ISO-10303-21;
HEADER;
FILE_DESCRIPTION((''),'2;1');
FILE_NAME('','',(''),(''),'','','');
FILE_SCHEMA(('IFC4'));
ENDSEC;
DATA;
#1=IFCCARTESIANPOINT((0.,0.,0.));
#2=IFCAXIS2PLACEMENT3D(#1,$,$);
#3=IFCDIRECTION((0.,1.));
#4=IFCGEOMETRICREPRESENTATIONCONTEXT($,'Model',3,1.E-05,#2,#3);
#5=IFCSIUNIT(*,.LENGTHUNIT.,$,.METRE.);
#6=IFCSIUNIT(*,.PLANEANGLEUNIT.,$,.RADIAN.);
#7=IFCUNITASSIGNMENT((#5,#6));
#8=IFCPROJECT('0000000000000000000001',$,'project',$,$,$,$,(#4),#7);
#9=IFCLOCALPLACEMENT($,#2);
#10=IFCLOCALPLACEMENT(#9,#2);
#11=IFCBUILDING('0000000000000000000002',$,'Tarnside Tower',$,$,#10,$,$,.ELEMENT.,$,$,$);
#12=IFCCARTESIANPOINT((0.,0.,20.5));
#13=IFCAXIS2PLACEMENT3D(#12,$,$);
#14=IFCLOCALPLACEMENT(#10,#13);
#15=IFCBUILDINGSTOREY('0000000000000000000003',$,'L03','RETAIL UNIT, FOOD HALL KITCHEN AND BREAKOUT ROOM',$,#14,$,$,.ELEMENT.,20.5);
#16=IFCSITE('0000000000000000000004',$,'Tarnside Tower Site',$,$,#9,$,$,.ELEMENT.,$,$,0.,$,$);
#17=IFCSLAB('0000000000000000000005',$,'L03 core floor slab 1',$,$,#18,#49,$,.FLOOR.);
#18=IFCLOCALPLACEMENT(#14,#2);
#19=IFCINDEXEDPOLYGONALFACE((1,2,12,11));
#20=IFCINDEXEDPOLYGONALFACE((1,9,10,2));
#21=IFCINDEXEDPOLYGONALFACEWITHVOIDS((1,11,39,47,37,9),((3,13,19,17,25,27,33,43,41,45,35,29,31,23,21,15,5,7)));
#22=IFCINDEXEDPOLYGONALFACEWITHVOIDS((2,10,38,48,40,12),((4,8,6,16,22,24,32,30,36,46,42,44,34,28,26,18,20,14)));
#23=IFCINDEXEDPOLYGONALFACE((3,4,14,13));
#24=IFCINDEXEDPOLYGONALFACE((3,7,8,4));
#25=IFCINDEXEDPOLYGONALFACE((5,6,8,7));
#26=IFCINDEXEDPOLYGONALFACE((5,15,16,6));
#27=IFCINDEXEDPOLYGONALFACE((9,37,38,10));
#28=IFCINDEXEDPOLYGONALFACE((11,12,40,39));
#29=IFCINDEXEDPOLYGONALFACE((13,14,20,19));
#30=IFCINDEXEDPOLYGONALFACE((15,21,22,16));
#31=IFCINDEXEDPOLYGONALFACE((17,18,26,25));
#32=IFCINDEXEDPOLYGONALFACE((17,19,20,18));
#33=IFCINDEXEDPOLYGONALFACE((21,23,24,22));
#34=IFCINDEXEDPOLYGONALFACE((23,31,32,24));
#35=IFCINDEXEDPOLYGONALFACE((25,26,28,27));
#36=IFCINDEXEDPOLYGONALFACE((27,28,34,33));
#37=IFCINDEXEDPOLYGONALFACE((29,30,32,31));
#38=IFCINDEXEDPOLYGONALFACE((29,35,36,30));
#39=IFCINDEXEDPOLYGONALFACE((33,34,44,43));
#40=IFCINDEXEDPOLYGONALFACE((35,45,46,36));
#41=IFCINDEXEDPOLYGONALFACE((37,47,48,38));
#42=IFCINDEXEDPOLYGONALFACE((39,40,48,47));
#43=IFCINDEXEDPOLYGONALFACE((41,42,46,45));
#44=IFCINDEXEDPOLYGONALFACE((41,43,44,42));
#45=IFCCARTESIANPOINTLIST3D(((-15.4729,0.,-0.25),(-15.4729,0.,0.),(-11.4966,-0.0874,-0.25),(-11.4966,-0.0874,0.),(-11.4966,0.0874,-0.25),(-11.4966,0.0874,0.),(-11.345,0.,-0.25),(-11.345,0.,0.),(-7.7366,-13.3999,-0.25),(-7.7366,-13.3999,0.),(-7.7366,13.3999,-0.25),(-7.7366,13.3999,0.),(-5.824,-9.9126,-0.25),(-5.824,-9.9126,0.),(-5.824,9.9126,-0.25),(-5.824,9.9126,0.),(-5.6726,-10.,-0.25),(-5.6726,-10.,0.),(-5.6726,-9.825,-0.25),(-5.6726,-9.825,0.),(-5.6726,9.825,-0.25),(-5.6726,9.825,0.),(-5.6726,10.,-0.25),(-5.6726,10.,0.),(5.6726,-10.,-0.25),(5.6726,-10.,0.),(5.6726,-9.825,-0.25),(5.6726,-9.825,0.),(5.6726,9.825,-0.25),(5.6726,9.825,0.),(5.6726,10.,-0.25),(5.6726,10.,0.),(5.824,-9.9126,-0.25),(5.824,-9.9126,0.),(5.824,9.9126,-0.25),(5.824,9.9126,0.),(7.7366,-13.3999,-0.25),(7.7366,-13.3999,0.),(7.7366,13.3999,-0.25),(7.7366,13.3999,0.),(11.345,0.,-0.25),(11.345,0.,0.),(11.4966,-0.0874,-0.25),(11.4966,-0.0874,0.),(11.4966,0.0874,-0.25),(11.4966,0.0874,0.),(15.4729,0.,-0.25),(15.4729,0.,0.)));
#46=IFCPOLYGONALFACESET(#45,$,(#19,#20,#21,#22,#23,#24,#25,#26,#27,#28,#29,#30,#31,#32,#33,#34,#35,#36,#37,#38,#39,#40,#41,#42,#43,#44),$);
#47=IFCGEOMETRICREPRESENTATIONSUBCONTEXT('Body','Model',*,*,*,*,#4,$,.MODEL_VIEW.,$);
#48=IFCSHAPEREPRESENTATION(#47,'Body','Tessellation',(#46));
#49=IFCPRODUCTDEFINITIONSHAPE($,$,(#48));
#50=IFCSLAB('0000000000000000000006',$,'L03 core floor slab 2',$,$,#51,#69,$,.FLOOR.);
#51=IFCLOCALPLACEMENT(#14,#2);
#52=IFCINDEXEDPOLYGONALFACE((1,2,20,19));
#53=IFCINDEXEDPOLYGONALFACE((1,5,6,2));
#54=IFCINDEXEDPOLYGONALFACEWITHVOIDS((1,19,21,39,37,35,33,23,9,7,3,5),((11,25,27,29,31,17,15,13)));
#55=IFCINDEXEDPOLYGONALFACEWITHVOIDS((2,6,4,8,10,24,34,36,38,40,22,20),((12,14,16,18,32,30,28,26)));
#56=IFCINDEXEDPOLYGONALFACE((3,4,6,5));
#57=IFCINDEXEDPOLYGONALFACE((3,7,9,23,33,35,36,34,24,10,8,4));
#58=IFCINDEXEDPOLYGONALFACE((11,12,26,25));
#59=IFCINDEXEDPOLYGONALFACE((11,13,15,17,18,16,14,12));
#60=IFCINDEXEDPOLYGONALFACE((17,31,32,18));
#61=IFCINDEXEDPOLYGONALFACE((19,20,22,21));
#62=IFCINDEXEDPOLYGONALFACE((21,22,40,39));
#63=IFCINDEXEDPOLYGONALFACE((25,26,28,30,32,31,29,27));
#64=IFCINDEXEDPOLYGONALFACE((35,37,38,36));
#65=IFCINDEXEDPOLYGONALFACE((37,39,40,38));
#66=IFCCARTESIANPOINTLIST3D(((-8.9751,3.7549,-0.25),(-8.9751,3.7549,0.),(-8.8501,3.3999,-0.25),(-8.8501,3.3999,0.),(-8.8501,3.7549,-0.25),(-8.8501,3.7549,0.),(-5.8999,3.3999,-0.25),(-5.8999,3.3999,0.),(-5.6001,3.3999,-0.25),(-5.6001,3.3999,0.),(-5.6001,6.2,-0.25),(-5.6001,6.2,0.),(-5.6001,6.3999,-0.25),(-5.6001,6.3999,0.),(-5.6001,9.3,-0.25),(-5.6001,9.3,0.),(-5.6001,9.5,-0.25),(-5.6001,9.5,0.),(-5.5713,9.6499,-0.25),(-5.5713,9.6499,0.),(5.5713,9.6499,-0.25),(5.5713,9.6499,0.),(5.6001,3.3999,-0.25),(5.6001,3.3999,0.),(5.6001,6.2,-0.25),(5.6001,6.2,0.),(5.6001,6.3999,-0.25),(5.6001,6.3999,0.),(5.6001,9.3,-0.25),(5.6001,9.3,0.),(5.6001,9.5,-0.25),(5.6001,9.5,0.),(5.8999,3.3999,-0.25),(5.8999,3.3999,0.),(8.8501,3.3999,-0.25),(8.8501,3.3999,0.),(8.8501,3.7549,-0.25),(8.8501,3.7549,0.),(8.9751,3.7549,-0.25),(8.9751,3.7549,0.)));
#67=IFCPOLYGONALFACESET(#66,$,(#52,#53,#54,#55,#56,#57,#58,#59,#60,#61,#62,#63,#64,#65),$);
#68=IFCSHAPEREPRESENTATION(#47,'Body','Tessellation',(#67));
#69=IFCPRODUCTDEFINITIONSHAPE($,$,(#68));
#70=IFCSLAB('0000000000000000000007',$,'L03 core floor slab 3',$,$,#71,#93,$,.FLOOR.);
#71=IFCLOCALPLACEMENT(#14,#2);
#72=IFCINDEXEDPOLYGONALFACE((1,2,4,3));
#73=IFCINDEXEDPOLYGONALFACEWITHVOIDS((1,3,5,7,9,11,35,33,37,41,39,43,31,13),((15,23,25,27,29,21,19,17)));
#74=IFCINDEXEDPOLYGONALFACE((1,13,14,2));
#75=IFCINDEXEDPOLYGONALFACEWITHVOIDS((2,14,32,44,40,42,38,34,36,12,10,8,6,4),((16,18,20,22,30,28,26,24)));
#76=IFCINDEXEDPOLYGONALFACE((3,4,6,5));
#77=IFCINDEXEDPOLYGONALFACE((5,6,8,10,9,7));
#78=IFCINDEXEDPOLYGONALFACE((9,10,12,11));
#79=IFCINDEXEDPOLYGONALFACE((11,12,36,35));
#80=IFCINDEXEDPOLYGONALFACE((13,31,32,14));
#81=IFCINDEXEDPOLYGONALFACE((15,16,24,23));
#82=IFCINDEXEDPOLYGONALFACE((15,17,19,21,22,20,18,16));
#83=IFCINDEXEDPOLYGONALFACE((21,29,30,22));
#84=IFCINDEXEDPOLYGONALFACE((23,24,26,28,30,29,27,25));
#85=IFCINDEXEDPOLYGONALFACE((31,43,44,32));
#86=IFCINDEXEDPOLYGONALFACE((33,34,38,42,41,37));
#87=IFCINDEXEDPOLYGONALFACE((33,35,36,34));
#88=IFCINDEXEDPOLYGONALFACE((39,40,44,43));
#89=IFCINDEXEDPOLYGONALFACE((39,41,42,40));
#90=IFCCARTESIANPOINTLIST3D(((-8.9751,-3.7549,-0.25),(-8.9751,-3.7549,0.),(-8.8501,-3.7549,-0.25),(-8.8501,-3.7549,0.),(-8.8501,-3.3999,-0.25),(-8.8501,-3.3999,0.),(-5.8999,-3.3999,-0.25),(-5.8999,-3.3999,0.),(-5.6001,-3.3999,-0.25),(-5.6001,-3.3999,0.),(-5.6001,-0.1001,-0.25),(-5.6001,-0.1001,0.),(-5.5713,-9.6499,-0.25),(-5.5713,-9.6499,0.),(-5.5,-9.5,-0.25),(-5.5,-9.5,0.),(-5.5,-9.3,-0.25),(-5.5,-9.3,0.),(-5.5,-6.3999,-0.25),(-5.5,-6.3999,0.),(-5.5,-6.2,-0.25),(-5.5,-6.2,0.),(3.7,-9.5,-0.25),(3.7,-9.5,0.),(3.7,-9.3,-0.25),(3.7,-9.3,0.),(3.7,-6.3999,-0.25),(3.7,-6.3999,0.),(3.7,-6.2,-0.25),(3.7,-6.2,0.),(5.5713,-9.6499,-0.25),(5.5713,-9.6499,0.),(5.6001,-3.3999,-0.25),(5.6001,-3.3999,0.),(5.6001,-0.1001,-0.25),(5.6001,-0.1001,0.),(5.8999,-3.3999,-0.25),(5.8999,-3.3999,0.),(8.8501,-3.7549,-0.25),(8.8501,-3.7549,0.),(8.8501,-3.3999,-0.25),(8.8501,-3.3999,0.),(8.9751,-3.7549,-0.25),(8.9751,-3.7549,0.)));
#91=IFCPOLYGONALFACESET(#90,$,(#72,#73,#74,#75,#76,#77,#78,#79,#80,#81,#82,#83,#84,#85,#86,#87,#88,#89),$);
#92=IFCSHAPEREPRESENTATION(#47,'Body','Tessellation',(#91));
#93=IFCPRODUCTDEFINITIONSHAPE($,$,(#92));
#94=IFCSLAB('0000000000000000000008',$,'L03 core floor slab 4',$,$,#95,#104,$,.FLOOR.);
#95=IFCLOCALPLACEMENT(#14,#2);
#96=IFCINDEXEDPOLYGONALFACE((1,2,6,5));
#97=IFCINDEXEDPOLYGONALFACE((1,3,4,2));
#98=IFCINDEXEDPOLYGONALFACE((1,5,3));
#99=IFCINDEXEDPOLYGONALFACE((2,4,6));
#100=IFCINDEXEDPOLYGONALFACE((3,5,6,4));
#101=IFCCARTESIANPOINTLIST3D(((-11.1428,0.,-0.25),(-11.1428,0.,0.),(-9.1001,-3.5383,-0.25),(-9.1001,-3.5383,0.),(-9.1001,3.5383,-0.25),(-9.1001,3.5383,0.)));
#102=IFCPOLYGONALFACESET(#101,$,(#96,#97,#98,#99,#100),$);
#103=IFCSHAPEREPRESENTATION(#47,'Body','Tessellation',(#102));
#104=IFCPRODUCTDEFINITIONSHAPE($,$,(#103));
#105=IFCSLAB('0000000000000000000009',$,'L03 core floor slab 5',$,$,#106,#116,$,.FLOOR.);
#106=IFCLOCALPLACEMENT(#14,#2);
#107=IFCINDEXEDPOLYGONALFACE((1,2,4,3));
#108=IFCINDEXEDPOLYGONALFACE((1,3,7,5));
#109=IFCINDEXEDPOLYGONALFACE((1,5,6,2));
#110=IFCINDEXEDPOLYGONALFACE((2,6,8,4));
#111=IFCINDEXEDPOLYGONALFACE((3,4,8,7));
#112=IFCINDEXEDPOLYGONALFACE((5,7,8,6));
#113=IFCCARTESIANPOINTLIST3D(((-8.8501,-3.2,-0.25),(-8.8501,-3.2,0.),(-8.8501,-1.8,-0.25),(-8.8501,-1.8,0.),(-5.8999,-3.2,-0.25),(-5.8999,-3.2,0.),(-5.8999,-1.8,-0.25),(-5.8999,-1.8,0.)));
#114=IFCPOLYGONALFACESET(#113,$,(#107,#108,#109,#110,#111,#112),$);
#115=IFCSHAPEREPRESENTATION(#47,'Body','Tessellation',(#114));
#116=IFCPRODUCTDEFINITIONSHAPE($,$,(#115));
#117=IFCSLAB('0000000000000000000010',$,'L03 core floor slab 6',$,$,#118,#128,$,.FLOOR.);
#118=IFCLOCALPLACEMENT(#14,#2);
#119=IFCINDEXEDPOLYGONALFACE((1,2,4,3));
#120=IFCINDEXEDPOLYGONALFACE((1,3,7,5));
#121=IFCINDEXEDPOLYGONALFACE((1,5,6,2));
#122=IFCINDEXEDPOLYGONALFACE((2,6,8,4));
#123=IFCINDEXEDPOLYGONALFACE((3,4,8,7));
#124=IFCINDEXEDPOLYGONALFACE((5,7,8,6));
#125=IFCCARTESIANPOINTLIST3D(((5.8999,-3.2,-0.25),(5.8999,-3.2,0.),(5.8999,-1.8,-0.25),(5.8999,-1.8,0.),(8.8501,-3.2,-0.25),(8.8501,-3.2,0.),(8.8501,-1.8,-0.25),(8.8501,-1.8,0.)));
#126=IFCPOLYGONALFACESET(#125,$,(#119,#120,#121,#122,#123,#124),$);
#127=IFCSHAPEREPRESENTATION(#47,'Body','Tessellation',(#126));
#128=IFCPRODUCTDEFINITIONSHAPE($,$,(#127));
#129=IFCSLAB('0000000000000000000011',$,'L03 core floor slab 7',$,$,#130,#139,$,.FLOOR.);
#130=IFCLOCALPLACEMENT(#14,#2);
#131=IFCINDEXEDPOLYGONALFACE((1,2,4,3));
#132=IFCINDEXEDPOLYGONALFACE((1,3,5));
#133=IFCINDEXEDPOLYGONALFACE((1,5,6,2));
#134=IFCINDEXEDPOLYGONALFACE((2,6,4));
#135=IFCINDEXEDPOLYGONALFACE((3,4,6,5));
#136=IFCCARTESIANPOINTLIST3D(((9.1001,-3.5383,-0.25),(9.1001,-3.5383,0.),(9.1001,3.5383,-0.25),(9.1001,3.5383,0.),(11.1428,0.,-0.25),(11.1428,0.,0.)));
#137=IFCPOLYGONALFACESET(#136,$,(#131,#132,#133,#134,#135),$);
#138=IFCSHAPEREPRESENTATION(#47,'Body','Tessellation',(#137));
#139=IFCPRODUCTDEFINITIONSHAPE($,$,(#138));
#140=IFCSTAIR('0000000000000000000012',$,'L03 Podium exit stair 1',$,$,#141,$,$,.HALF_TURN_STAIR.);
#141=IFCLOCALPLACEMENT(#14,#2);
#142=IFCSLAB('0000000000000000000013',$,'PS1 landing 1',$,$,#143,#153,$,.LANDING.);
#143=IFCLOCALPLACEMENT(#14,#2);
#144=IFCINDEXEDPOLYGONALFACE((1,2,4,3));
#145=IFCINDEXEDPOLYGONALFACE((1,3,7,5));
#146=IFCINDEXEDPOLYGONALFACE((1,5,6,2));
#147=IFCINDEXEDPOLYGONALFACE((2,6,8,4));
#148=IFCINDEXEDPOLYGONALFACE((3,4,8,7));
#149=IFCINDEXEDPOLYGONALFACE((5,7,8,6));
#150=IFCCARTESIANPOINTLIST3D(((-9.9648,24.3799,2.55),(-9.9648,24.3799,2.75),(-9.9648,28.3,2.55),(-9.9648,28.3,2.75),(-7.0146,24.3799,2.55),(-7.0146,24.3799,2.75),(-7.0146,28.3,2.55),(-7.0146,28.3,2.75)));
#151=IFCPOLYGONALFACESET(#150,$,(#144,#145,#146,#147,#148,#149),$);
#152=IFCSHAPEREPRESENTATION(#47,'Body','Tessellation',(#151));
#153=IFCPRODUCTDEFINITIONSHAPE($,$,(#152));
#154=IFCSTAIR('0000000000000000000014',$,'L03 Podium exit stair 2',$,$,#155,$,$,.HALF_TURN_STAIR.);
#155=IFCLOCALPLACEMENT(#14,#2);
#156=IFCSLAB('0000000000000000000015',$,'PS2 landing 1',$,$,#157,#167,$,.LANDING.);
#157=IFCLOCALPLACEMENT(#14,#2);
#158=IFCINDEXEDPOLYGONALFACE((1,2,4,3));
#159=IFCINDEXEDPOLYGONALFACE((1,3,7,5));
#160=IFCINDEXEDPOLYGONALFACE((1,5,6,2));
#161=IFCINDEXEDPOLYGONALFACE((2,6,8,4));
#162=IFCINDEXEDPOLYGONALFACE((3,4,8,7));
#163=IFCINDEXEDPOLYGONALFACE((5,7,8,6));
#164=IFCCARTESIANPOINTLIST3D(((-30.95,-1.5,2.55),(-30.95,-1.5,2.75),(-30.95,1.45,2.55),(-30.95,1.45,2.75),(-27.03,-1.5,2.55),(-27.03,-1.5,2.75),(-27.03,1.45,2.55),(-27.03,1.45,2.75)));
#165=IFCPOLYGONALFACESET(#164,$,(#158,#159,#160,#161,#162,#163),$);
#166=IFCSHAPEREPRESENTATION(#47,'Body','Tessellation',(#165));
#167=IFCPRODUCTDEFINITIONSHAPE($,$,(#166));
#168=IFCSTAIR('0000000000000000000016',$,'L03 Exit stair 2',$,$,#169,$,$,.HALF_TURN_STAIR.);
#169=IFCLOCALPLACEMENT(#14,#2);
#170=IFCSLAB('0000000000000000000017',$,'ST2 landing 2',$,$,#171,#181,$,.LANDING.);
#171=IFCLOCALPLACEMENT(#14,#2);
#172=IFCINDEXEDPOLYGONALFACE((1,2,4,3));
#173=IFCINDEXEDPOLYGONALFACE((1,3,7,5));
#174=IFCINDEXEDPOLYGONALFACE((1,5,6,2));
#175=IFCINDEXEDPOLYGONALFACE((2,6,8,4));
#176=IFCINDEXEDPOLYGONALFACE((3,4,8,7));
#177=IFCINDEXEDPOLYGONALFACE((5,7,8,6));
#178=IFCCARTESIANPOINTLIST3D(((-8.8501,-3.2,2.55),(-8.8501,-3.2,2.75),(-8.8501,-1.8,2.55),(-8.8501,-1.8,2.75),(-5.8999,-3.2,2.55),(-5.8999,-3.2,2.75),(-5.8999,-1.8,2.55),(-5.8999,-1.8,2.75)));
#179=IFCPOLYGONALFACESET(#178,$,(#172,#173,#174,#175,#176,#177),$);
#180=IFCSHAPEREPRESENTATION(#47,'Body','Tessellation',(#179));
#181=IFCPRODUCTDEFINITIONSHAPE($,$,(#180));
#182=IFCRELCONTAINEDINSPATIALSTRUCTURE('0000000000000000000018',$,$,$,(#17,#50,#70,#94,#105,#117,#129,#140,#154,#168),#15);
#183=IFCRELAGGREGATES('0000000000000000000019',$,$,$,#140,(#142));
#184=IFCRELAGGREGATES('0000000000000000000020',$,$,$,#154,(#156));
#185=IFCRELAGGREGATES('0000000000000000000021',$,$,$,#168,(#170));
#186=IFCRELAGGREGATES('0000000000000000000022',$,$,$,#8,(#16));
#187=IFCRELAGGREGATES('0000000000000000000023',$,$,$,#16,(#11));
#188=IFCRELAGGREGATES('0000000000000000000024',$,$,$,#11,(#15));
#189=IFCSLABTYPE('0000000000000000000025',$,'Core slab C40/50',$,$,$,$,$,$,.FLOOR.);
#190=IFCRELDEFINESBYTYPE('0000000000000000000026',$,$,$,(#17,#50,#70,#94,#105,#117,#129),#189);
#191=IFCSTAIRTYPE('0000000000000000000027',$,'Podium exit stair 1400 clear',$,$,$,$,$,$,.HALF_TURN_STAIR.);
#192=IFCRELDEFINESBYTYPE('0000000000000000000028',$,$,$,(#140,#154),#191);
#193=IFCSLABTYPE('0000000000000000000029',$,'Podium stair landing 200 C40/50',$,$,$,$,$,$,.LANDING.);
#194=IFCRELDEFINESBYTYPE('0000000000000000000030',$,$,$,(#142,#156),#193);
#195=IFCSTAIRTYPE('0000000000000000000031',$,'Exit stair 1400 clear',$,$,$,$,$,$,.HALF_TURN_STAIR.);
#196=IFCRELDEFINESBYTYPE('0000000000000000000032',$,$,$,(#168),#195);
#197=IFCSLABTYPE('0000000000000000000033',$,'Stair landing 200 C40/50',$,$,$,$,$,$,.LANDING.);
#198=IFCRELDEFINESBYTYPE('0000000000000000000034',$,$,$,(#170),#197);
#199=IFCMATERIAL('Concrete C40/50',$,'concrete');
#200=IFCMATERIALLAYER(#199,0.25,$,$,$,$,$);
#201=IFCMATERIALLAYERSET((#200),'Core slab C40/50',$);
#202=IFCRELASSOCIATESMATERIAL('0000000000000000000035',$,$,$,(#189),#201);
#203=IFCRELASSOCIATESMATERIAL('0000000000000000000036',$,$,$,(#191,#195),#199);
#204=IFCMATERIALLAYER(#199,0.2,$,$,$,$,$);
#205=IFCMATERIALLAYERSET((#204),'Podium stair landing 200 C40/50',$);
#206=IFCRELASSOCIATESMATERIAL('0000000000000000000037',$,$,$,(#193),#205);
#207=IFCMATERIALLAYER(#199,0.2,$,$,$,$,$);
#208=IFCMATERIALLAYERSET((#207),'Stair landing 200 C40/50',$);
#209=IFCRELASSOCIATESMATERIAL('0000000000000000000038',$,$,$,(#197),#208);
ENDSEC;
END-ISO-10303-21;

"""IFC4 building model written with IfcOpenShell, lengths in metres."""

from ifc_helpers import new_model, si_unit, direction, frame, origin, place, context, subcontext, project, spatial, polyline, outline, extrude, material, layer, layer_set, type_object, element, aggregate, save


model = new_model("IFC4")

# Units and contexts
model_context = context("Model", 3, precision=1e-05, world=origin(), true_north=direction((0.0, 1.0)))
body_context = subcontext(model_context, "Body", "Model", "MODEL_VIEW")
ifc_project = project(units=[si_unit("LENGTHUNIT", "METRE"), si_unit("PLANEANGLEUNIT", "RADIAN")], contexts=[model_context])

# Site, building, storey
site_placement = place(None, origin())
site = spatial("IfcSite", under=ifc_project, at=site_placement, Name="Tarnside Tower Site", CompositionType="ELEMENT", RefElevation=0.0)
building_placement = place(site_placement, origin())
building = spatial("IfcBuilding", under=site, at=building_placement, Name="Tarnside Tower", CompositionType="ELEMENT")
storey_placement = place(building_placement, frame((0.0, 0.0, 20.5)))
storey = spatial("IfcBuildingStorey", under=building, at=storey_placement, Name="L03", Description="RETAIL UNIT, FOOD HALL KITCHEN AND BREAKOUT ROOM", CompositionType="ELEMENT", Elevation=20.5)

# Slabs
ifc_material_1 = material(Name="Concrete C40/50", Category="concrete")
ifc_layer_1 = layer(ifc_material_1, 0.25)
ifc_layer_set_1 = layer_set([ifc_layer_1], Name="Core slab C40/50")
slab_type_1 = type_object("IfcSlabType", Name="Core slab C40/50", PredefinedType="FLOOR", material=ifc_layer_set_1)
slab_1_placement = place(storey_placement, frame((0.0, 0.0, -0.25)))
element("IfcSlab", 1, at=slab_1_placement, inside=storey, type_object=slab_type_1, Name="L03 core floor slab 1", PredefinedType="FLOOR", context=body_context, shape_type="SweptSolid", body=[
    extrude(outline(polyline([(-15.4729, 0.0), (-7.7366, 13.3999), (7.7366, 13.3999), (15.4729, 0.0), (7.7366, -13.3999), (-7.7366, -13.3999), (-15.4729, 0.0)]), holes=[polyline([(5.824, -9.9126), (11.4966, -0.0874), (11.345, 0.0), (11.4966, 0.0874), (5.824, 9.9126), (5.6726, 9.825), (5.6726, 10.0), (-5.6726, 10.0), (-5.6726, 9.825), (-5.824, 9.9126), (-11.4966, 0.0874), (-11.345, 0.0), (-11.4966, -0.0874), (-5.824, -9.9126), (-5.6726, -9.825), (-5.6726, -10.0), (5.6726, -10.0), (5.6726, -9.825), (5.824, -9.9126)])]), origin(), (0.0, 0.0, 1.0), 0.25),
])
slab_2_placement = place(storey_placement, frame((0.0, 0.0, -0.25)))
element("IfcSlab", 2, at=slab_2_placement, inside=storey, type_object=slab_type_1, Name="L03 core floor slab 2", PredefinedType="FLOOR", context=body_context, shape_type="SweptSolid", body=[
    extrude(outline(polyline([(-8.9751, 3.7549), (-5.5713, 9.6499), (5.5713, 9.6499), (8.9751, 3.7549), (8.8501, 3.7549), (8.8501, 3.3999), (5.8999, 3.3999), (5.6001, 3.3999), (5.6001, 3.3999), (-5.6001, 3.3999), (-5.8999, 3.3999), (-8.8501, 3.3999), (-8.8501, 3.7549), (-8.9751, 3.7549)]), holes=[polyline([(-5.6001, 6.2), (5.6001, 6.2), (5.6001, 6.3999), (5.6001, 9.3), (5.6001, 9.5), (-5.6001, 9.5), (-5.6001, 9.3), (-5.6001, 6.3999), (-5.6001, 6.2)])]), origin(), (0.0, 0.0, 1.0), 0.25),
])
slab_3_placement = place(storey_placement, frame((0.0, 0.0, -0.25)))
element("IfcSlab", 3, at=slab_3_placement, inside=storey, type_object=slab_type_1, Name="L03 core floor slab 3", PredefinedType="FLOOR", context=body_context, shape_type="SweptSolid", body=[
    extrude(outline(polyline([(5.6001, -3.3999), (5.8999, -3.3999), (8.8501, -3.3999), (8.8501, -3.7549), (8.9751, -3.7549), (5.5713, -9.6499), (-5.5713, -9.6499), (-8.9751, -3.7549), (-8.8501, -3.7549), (-8.8501, -3.3999), (-5.8999, -3.3999), (-5.6001, -3.3999), (-5.6001, -0.1001), (5.6001, -0.1001), (5.6001, -3.3999)]), holes=[polyline([(-5.5, -9.3), (-5.5, -9.5), (3.7, -9.5), (3.7, -9.3), (3.7, -6.3999), (3.7, -6.2), (-5.5, -6.2), (-5.5, -6.3999), (-5.5, -9.3)])]), origin(), (0.0, 0.0, 1.0), 0.25),
])
slab_4_placement = place(storey_placement, frame((0.0, 0.0, -0.25)))
element("IfcSlab", 4, at=slab_4_placement, inside=storey, type_object=slab_type_1, Name="L03 core floor slab 4", PredefinedType="FLOOR", context=body_context, shape_type="SweptSolid", body=[
    extrude(outline(polyline([(-11.1428, 0.0), (-9.1001, 3.5383), (-9.1001, -3.5383), (-11.1428, 0.0)])), origin(), (0.0, 0.0, 1.0), 0.25),
])
slab_5_placement = place(storey_placement, frame((0.0, 0.0, -0.25)))
element("IfcSlab", 5, at=slab_5_placement, inside=storey, type_object=slab_type_1, Name="L03 core floor slab 5", PredefinedType="FLOOR", context=body_context, shape_type="SweptSolid", body=[
    extrude(outline(polyline([(-8.8501, -1.8), (-5.8999, -1.8), (-5.8999, -3.2), (-8.8501, -3.2), (-8.8501, -1.8)])), origin(), (0.0, 0.0, 1.0), 0.25),
])
slab_6_placement = place(storey_placement, frame((0.0, 0.0, -0.25)))
element("IfcSlab", 6, at=slab_6_placement, inside=storey, type_object=slab_type_1, Name="L03 core floor slab 6", PredefinedType="FLOOR", context=body_context, shape_type="SweptSolid", body=[
    extrude(outline(polyline([(5.8999, -3.2), (5.8999, -1.8), (8.8501, -1.8), (8.8501, -3.2), (5.8999, -3.2)])), origin(), (0.0, 0.0, 1.0), 0.25),
])
slab_7_placement = place(storey_placement, frame((0.0, 0.0, -0.25)))
element("IfcSlab", 7, at=slab_7_placement, inside=storey, type_object=slab_type_1, Name="L03 core floor slab 7", PredefinedType="FLOOR", context=body_context, shape_type="SweptSolid", body=[
    extrude(outline(polyline([(9.1001, -3.5383), (9.1001, 3.5383), (11.1428, 0.0), (9.1001, -3.5383)])), origin(), (0.0, 0.0, 1.0), 0.25),
])

# Stairs, slabs
stair_type_1 = type_object("IfcStairType", Name="Podium exit stair 1400 clear", PredefinedType="HALF_TURN_STAIR", material=ifc_material_1)
stair_1_placement = place(storey_placement, origin())
stair_1 = element("IfcStair", 8, at=stair_1_placement, inside=storey, type_object=stair_type_1, Name="L03 Podium exit stair 1", PredefinedType="HALF_TURN_STAIR")
ifc_layer_2 = layer(ifc_material_1, 0.2)
ifc_layer_set_2 = layer_set([ifc_layer_2], Name="Podium stair landing 200 C40/50")
slab_type_2 = type_object("IfcSlabType", Name="Podium stair landing 200 C40/50", PredefinedType="LANDING", material=ifc_layer_set_2)
slab_8_placement = place(storey_placement, frame((0.0, 0.0, 2.55)))
slab_8 = element("IfcSlab", 9, at=slab_8_placement, type_object=slab_type_2, Name="PS1 landing 1", PredefinedType="LANDING", context=body_context, shape_type="SweptSolid", body=[
    extrude(outline(polyline([(-7.0146, 24.3799), (-7.0146, 28.3), (-9.9648, 28.3), (-9.9648, 24.3799), (-7.0146, 24.3799)])), origin(), (0.0, 0.0, 1.0), 0.2),
])
aggregate(stair_1, [slab_8])
stair_2_placement = place(storey_placement, origin())
stair_2 = element("IfcStair", 10, at=stair_2_placement, inside=storey, type_object=stair_type_1, Name="L03 Podium exit stair 2", PredefinedType="HALF_TURN_STAIR")
slab_9_placement = place(storey_placement, frame((0.0, 0.0, 2.55)))
slab_9 = element("IfcSlab", 11, at=slab_9_placement, type_object=slab_type_2, Name="PS2 landing 1", PredefinedType="LANDING", context=body_context, shape_type="SweptSolid", body=[
    extrude(outline(polyline([(-27.03, 1.45), (-30.95, 1.45), (-30.95, -1.5), (-27.03, -1.5), (-27.03, 1.45)])), origin(), (0.0, 0.0, 1.0), 0.2),
])
aggregate(stair_2, [slab_9])

# Stair, slab
stair_type_2 = type_object("IfcStairType", Name="Exit stair 1400 clear", PredefinedType="HALF_TURN_STAIR", material=ifc_material_1)
stair_3_placement = place(storey_placement, origin())
stair_3 = element("IfcStair", 12, at=stair_3_placement, inside=storey, type_object=stair_type_2, Name="L03 Exit stair 2", PredefinedType="HALF_TURN_STAIR")
ifc_layer_3 = layer(ifc_material_1, 0.2)
ifc_layer_set_3 = layer_set([ifc_layer_3], Name="Stair landing 200 C40/50")
slab_type_3 = type_object("IfcSlabType", Name="Stair landing 200 C40/50", PredefinedType="LANDING", material=ifc_layer_set_3)
slab_10_placement = place(storey_placement, frame((0.0, 0.0, 2.55)))
slab_10 = element("IfcSlab", 13, at=slab_10_placement, type_object=slab_type_3, Name="ST2 landing 2", PredefinedType="LANDING", context=body_context, shape_type="SweptSolid", body=[
    extrude(outline(polyline([(-5.8999, -3.2), (-5.8999, -1.8), (-8.8501, -1.8), (-8.8501, -3.2), (-5.8999, -3.2)])), origin(), (0.0, 0.0, 1.0), 0.2),
])
aggregate(stair_3, [slab_10])

save(model, "model.ifc")
